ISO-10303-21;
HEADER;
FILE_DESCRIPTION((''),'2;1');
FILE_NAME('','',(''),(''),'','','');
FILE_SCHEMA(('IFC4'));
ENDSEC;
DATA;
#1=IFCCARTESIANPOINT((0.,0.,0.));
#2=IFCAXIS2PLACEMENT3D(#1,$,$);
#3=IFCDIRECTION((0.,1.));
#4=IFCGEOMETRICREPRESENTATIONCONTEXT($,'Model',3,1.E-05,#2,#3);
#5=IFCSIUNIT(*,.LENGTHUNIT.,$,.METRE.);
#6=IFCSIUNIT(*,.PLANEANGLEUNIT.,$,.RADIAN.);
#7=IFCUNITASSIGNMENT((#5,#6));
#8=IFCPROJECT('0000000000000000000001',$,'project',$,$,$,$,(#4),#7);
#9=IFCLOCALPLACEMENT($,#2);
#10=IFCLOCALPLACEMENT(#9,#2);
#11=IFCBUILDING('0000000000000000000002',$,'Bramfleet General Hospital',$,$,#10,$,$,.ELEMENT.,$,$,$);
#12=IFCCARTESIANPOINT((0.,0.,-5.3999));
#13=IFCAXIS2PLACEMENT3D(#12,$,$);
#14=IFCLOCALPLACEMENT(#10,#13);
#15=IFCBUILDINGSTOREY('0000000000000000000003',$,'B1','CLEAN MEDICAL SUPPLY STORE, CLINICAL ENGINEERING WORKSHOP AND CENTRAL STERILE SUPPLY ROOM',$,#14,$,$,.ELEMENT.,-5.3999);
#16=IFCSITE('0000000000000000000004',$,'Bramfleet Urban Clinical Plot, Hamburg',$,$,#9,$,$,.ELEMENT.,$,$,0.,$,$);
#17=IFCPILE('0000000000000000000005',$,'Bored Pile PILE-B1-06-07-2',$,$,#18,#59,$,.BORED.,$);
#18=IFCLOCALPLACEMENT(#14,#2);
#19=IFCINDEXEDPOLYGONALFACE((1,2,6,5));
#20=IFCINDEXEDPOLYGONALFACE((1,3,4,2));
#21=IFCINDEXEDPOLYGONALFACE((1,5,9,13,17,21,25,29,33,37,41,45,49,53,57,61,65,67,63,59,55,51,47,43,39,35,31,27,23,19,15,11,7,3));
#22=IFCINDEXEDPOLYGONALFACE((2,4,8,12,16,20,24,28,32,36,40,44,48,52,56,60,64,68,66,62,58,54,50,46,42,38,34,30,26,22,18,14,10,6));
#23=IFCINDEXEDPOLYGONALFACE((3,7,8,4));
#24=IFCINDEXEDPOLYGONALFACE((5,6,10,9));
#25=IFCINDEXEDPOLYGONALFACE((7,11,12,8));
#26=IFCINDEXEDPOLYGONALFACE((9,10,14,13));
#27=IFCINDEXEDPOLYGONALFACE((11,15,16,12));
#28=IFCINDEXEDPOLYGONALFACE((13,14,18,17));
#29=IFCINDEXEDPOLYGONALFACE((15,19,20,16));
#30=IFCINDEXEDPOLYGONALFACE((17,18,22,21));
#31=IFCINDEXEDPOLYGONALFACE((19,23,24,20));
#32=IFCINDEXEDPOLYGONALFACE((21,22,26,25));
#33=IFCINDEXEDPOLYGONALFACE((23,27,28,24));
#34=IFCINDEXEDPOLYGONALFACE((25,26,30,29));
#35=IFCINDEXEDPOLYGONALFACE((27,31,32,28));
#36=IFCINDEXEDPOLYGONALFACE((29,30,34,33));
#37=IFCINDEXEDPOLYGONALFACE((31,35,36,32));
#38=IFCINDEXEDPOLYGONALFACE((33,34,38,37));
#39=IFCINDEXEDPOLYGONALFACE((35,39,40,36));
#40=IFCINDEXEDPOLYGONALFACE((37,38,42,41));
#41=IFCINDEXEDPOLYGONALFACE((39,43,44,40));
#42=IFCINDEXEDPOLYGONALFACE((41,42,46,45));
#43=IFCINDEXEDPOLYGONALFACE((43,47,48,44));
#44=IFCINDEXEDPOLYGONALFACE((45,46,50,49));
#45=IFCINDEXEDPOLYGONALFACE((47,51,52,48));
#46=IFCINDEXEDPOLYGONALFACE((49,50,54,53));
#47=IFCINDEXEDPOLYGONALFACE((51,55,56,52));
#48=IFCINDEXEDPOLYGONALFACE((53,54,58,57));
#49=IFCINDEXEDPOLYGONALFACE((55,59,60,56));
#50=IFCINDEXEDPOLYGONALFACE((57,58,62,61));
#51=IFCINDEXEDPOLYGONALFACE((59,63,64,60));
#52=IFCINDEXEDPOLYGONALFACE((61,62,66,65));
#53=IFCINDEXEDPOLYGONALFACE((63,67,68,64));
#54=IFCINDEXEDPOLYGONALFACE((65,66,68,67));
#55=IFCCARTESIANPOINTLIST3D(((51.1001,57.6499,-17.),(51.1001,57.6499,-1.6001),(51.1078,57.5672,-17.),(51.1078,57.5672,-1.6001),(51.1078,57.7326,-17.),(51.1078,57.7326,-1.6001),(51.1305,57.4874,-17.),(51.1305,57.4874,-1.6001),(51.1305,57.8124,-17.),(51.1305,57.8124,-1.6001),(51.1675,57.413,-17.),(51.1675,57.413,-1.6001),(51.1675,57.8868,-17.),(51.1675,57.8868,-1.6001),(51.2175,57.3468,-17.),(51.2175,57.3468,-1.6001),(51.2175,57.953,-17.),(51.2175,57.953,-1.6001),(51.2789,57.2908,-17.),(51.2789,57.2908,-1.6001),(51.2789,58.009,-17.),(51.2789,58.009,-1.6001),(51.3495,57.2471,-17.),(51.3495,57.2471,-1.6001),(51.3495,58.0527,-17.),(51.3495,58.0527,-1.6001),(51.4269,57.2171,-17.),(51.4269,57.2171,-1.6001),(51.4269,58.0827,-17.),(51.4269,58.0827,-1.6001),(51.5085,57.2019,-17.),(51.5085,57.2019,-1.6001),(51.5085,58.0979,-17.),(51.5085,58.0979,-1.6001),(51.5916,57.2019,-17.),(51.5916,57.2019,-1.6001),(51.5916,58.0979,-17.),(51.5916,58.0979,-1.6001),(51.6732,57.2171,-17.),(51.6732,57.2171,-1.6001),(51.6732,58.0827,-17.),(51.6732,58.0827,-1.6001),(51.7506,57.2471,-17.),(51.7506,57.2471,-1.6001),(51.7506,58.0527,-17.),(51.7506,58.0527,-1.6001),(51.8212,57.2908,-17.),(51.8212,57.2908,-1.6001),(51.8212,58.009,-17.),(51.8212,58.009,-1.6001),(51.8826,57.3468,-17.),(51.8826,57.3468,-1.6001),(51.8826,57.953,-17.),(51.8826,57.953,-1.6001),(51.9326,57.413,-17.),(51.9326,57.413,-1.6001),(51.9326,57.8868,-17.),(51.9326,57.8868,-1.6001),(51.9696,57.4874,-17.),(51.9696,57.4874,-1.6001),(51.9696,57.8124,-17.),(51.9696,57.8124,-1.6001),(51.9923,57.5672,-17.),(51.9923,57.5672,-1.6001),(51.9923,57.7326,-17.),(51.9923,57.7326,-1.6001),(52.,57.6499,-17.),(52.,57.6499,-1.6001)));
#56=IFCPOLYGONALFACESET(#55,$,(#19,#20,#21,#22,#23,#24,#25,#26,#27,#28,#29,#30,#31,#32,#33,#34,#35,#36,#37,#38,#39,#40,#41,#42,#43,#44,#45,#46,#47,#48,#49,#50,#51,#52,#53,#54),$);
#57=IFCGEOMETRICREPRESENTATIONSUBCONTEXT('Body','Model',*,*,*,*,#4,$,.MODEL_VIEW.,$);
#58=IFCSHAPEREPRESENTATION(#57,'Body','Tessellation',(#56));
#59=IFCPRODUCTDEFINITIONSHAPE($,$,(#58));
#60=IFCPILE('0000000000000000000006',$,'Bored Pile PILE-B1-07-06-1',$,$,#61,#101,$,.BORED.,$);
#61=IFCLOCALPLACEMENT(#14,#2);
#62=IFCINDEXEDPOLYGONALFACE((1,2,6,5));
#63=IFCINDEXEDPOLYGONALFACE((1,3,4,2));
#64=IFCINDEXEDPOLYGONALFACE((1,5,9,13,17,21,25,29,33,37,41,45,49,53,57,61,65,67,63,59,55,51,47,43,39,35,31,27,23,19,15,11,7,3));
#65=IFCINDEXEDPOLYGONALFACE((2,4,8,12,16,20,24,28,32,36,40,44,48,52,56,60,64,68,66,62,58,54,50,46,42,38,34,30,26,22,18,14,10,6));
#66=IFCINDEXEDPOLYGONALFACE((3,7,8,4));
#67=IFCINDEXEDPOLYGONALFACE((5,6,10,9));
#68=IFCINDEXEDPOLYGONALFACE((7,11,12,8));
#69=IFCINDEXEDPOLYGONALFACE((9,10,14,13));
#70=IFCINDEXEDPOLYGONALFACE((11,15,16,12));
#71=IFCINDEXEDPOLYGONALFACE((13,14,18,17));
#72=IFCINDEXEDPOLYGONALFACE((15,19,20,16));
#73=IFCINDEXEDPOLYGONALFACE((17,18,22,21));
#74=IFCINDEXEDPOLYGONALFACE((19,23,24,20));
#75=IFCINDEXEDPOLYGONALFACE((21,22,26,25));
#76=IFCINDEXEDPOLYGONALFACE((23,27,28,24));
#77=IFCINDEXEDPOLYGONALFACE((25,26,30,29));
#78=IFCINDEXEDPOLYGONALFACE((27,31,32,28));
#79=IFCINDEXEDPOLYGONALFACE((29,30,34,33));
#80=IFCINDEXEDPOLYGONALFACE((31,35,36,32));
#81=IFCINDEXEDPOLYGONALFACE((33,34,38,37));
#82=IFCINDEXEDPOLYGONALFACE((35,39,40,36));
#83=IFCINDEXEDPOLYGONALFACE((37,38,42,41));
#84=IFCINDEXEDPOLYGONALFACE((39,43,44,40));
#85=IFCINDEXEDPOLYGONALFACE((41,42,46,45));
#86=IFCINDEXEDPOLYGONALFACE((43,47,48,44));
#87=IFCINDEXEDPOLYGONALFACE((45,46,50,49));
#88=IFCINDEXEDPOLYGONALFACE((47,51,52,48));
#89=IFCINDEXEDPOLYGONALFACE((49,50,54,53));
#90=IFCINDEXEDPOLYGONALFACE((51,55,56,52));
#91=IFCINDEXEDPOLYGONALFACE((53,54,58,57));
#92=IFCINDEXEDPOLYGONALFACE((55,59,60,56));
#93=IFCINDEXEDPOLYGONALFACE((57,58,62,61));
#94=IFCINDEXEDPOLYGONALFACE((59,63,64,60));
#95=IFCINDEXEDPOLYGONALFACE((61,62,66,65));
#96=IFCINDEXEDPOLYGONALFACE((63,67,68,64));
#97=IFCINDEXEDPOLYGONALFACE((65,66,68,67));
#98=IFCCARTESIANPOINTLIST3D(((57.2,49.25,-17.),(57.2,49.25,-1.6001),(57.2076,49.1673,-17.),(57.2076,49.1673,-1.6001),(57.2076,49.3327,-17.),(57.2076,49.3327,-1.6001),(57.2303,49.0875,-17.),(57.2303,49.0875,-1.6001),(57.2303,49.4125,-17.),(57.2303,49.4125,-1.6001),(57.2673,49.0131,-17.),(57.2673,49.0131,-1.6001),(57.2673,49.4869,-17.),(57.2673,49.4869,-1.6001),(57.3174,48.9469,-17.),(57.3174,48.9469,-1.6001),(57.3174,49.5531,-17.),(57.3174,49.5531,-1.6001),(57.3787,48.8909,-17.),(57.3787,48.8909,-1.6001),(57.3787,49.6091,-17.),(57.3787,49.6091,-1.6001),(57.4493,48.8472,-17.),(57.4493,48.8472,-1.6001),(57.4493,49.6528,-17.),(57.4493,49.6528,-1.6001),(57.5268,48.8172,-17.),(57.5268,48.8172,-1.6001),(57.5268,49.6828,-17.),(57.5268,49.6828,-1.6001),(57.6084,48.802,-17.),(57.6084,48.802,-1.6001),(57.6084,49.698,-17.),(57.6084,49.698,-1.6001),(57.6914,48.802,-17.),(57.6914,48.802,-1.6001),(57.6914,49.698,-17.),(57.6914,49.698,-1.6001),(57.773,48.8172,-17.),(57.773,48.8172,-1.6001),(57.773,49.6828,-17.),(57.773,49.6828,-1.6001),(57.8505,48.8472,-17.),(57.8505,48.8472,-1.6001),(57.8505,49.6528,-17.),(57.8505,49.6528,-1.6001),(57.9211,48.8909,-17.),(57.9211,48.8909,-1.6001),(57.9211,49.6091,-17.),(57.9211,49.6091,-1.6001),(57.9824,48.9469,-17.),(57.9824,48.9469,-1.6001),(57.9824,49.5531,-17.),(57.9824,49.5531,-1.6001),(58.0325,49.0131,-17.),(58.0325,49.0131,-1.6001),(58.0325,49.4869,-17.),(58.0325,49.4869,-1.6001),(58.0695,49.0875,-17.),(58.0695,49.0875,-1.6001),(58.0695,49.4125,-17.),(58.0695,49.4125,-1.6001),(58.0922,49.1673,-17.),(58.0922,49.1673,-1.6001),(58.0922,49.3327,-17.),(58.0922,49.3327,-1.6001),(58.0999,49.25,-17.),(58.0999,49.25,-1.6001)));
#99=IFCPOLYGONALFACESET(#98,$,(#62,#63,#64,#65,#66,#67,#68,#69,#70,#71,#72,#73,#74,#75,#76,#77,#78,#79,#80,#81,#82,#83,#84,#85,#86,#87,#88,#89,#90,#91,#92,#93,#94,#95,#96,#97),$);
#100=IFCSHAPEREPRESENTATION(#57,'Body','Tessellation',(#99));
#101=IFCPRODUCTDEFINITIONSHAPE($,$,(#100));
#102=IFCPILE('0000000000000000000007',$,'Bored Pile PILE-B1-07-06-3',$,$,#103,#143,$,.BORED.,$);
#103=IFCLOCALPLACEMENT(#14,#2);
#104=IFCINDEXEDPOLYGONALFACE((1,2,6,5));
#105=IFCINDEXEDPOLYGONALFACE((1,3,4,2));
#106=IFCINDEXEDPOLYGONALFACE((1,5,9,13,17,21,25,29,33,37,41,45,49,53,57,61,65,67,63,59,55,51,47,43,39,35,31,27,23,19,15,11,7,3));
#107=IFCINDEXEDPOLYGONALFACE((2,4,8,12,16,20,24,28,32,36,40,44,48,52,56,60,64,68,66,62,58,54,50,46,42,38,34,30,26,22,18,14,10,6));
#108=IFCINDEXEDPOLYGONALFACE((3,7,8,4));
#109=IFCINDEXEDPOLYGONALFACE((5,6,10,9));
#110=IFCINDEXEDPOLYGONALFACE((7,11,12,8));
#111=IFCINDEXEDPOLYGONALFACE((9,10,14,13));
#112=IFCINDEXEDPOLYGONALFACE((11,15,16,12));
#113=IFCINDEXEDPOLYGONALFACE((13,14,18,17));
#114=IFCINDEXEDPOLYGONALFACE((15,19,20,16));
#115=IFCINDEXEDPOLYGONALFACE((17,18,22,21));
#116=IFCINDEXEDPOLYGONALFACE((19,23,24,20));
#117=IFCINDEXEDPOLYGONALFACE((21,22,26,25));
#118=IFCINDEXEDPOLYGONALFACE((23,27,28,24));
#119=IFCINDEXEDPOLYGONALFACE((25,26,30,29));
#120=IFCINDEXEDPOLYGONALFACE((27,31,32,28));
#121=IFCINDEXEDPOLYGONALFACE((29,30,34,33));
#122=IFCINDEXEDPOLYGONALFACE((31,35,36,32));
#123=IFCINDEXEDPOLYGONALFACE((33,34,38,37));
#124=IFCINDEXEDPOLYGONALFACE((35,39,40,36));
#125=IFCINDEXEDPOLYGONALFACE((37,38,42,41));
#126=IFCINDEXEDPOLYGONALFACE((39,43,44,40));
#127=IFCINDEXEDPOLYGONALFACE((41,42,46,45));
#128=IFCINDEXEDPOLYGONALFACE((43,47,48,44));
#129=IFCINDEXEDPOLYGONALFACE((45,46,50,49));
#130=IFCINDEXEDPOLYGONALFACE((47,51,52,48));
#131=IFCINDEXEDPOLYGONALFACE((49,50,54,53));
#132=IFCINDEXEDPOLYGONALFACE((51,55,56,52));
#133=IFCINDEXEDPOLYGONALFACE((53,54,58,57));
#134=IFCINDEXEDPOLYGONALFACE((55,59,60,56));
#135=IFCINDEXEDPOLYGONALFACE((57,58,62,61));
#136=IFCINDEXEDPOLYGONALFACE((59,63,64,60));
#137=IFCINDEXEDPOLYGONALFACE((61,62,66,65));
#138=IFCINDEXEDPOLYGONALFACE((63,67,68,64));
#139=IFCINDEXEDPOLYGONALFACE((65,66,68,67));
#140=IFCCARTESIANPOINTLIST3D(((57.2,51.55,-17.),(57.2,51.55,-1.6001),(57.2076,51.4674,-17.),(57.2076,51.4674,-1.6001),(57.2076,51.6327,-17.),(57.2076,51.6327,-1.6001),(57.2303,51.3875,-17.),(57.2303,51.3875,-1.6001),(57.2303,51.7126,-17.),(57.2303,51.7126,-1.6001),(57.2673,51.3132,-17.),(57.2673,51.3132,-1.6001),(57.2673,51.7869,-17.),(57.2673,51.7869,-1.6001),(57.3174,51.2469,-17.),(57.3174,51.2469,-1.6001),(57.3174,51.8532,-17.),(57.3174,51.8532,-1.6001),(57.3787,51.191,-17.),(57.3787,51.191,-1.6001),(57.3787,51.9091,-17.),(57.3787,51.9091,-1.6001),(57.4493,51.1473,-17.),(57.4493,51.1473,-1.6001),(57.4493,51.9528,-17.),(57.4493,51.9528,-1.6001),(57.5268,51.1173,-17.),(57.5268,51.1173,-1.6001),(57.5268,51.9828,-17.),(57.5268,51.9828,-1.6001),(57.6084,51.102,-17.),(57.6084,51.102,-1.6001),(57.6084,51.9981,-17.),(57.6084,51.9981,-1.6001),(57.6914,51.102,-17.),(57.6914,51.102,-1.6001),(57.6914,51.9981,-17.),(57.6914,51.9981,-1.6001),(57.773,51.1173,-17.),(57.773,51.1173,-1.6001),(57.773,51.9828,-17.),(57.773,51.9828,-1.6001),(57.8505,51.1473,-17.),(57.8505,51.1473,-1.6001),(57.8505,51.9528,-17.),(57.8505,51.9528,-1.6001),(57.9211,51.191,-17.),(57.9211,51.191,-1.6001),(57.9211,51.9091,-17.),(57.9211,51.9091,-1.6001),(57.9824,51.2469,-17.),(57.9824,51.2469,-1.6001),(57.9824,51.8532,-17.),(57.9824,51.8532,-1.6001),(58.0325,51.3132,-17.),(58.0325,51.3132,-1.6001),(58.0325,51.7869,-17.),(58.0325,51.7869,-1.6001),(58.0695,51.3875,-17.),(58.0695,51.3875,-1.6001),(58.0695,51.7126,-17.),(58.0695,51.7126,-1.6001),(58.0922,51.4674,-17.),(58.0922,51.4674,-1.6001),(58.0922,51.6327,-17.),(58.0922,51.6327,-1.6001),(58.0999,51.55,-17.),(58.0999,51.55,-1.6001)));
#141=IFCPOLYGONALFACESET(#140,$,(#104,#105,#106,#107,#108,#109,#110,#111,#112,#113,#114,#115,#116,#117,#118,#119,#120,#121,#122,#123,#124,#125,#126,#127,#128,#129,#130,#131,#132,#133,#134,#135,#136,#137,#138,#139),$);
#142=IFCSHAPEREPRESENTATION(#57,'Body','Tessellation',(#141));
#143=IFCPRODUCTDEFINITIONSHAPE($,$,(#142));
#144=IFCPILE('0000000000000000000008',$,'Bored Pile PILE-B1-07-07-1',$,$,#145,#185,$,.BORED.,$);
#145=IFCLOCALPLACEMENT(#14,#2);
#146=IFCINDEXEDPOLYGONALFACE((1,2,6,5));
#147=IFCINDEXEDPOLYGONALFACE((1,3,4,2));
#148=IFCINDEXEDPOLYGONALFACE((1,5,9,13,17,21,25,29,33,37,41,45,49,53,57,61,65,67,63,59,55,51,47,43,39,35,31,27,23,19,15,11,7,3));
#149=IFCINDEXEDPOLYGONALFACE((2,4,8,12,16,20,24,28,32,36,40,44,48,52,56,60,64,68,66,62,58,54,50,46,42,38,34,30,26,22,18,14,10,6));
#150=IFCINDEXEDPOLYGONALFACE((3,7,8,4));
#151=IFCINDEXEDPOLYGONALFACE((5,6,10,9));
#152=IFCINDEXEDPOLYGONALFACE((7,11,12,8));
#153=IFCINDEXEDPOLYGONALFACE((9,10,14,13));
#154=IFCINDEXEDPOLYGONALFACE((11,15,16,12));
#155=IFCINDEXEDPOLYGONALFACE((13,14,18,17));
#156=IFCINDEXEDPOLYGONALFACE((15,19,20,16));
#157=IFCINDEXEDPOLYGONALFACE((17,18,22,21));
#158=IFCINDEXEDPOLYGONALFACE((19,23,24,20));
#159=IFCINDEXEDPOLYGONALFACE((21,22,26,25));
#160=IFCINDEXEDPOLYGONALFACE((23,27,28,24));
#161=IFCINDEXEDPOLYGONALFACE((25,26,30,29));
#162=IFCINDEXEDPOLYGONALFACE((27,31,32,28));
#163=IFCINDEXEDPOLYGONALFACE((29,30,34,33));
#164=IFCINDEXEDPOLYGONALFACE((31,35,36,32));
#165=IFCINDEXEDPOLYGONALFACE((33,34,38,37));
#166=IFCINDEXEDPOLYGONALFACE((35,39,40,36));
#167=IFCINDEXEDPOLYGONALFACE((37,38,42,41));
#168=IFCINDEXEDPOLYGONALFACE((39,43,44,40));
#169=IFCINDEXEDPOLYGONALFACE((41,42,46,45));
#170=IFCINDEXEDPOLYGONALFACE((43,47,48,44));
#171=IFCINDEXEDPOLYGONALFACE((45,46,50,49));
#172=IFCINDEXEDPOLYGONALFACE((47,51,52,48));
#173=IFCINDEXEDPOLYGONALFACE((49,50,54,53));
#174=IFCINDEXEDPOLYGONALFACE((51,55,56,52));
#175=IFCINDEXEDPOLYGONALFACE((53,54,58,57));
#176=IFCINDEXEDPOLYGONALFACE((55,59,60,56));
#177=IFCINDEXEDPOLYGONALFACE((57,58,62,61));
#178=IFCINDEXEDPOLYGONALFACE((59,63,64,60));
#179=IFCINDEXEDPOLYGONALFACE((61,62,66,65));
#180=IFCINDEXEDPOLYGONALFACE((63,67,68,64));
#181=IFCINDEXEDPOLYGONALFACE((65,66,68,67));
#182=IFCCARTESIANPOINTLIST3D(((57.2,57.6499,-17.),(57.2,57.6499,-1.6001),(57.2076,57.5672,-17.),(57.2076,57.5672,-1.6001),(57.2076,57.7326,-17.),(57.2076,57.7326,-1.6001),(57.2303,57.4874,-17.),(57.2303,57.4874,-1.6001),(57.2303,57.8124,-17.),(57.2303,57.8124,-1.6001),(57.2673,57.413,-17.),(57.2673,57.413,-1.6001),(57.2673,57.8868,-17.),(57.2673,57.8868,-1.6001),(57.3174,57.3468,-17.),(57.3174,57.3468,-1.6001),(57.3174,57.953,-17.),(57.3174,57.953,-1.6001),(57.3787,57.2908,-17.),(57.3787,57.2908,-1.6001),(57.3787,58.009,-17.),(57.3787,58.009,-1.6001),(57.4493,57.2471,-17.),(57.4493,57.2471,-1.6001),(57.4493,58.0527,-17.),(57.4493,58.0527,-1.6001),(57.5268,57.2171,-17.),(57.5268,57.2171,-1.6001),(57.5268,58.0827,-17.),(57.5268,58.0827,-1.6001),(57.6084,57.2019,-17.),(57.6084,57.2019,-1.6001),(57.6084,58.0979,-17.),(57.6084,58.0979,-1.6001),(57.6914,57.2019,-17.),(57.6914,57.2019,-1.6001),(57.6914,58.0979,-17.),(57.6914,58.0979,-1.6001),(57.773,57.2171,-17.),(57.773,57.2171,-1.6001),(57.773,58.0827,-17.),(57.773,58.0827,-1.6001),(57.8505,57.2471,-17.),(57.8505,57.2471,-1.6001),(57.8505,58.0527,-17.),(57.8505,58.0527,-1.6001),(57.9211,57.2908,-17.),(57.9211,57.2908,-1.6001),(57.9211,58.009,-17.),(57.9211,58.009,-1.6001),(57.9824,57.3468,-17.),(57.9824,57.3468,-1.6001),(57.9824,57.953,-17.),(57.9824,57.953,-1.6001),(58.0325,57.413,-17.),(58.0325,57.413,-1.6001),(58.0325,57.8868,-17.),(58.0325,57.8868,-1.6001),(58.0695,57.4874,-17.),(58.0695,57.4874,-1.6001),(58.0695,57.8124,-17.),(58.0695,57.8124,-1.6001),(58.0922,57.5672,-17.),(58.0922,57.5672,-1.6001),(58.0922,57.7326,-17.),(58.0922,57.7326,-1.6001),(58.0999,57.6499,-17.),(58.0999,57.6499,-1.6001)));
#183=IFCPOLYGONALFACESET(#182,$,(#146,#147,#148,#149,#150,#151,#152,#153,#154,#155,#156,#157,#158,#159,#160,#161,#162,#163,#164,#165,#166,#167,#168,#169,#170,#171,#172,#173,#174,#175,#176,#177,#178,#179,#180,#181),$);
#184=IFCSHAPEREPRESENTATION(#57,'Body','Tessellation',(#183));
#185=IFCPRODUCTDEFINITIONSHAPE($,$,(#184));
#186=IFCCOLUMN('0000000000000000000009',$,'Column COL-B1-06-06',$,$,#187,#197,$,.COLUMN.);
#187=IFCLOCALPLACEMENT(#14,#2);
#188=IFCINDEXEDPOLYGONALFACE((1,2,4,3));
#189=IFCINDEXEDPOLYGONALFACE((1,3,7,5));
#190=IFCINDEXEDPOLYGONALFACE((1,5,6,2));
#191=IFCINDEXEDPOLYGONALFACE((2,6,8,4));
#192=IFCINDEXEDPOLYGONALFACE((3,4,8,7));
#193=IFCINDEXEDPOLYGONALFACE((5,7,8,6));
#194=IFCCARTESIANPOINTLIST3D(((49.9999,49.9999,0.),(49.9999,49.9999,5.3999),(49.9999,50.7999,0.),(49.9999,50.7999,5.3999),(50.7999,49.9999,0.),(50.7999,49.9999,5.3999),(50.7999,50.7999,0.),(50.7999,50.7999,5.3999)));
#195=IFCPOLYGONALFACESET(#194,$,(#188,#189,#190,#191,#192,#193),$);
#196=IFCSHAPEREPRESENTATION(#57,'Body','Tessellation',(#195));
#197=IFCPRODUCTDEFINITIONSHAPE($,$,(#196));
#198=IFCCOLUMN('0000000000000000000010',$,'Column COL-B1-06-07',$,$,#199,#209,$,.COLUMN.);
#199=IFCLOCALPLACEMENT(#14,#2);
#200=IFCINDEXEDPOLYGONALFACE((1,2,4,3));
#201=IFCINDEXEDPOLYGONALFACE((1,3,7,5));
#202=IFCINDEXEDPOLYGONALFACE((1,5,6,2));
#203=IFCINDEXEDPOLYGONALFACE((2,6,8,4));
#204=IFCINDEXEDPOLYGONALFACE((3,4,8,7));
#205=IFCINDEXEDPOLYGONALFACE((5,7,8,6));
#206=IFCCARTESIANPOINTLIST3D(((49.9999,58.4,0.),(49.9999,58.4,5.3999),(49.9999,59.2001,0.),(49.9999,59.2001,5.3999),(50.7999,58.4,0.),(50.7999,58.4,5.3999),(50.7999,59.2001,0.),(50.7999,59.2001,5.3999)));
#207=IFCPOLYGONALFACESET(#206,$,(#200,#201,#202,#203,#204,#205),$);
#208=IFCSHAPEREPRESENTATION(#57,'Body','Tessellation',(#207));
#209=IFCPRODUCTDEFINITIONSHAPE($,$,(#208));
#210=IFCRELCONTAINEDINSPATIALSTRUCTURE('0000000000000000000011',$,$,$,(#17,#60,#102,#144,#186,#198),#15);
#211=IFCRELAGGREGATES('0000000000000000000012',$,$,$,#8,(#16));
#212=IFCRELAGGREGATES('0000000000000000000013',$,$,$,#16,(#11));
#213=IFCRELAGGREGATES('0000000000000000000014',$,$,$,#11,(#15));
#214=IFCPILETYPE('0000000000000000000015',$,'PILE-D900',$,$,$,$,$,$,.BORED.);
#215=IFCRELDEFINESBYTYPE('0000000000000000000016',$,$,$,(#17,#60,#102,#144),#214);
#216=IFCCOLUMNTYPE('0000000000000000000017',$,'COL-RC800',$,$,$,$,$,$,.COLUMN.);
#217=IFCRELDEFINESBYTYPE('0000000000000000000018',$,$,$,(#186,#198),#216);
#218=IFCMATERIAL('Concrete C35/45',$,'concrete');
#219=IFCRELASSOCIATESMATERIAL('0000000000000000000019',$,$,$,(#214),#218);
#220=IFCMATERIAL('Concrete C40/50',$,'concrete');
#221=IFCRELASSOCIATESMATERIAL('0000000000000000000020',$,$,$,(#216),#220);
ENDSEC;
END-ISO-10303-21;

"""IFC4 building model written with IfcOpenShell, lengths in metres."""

from ifc_helpers import new_model, si_unit, direction, frame, origin, origin_2d, place, context, subcontext, project, spatial, rectangle, circle, extrude, material, material_profile, profile_set, type_object, element, save


model = new_model("IFC4")

# Units and contexts
model_context = context("Model", 3, precision=1e-05, world=origin(), true_north=direction((0.0, 1.0)))
body_context = subcontext(model_context, "Body", "Model", "MODEL_VIEW")
ifc_project = project(units=[si_unit("LENGTHUNIT", "METRE"), si_unit("PLANEANGLEUNIT", "RADIAN")], contexts=[model_context])

# Site, building, storey
site_placement = place(None, origin())
site = spatial("IfcSite", under=ifc_project, at=site_placement, Name="Bramfleet Urban Clinical Plot, Hamburg", CompositionType="ELEMENT", RefElevation=0.0)
building_placement = place(site_placement, origin())
building = spatial("IfcBuilding", under=site, at=building_placement, Name="Bramfleet General Hospital", CompositionType="ELEMENT")
storey_placement = place(building_placement, frame((0.0, 0.0, -5.3999)))
storey = spatial("IfcBuildingStorey", under=building, at=storey_placement, Name="B1", Description="CLEAN MEDICAL SUPPLY STORE, CLINICAL ENGINEERING WORKSHOP AND CENTRAL STERILE SUPPLY ROOM", CompositionType="ELEMENT", Elevation=-5.3999)

# Shared definitions
ifc_material_1 = material(Name="Concrete C35/45", Category="concrete")

# Piles
ifc_material_profile_1 = material_profile(ifc_material_1, circle(Radius=0.45, at=origin_2d()), Name="PILE BORED D900")
ifc_profile_set_1 = profile_set([ifc_material_profile_1], Name="Concrete C35/45")
pile_type_1 = type_object("IfcPileType", Name="PILE-D900", PredefinedType="BORED", material=ifc_profile_set_1)
for number, where, z_axis, x_axis, name in (
    (1, (51.55, 57.6499, -1.6001), (0.0, 0.0, -1.0), (1.0, 0.0, 0.0), "Bored Pile PILE-B1-06-07-2"),
    (2, (57.6499, 49.25, -1.6001), (0.0, 0.0, -1.0), (1.0, 0.0, 0.0), "Bored Pile PILE-B1-07-06-1"),
    (3, (57.6499, 51.55, -1.6001), (0.0, 0.0, -1.0), (1.0, 0.0, 0.0), "Bored Pile PILE-B1-07-06-3"),
    (4, (57.6499, 57.6499, -1.6001), (0.0, 0.0, -1.0), (1.0, 0.0, 0.0), "Bored Pile PILE-B1-07-07-1"),
):
    element("IfcPile", number, at=place(storey_placement, frame(where, z_axis=z_axis, x_axis=x_axis)), inside=storey, type_object=pile_type_1, Name=name, PredefinedType="BORED", context=body_context, shape_type="SweptSolid", body=[
        extrude(circle(Radius=0.45, at=origin_2d()), origin(), (0.0, 0.0, 1.0), 15.3999),
    ])

# Columns
ifc_material_2 = material(Name="Concrete C40/50", Category="concrete")
ifc_material_profile_2 = material_profile(ifc_material_2, rectangle(XDim=0.8, YDim=0.8, at=origin_2d()), Name="RC COL 800x800")
ifc_profile_set_2 = profile_set([ifc_material_profile_2], Name="Concrete C40/50")
column_type = type_object("IfcColumnType", Name="COL-RC800", PredefinedType="COLUMN", material=ifc_profile_set_2)
for number, where, z_axis, x_axis, name in (
    (5, (50.3999, 50.3999, 0.0), (0.0, 0.0, 1.0), (1.0, 0.0, 0.0), "Column COL-B1-06-06"),
    (6, (50.3999, 58.8, 0.0), (0.0, 0.0, 1.0), (1.0, 0.0, 0.0), "Column COL-B1-06-07"),
):
    element("IfcColumn", number, at=place(storey_placement, frame(where, z_axis=z_axis, x_axis=x_axis)), inside=storey, type_object=column_type, Name=name, PredefinedType="COLUMN", context=body_context, shape_type="SweptSolid", body=[
        extrude(rectangle(XDim=0.8, YDim=0.8, at=origin_2d()), origin(), (0.0, 0.0, 1.0), 5.3999),
    ])

save(model, "model.ifc")
